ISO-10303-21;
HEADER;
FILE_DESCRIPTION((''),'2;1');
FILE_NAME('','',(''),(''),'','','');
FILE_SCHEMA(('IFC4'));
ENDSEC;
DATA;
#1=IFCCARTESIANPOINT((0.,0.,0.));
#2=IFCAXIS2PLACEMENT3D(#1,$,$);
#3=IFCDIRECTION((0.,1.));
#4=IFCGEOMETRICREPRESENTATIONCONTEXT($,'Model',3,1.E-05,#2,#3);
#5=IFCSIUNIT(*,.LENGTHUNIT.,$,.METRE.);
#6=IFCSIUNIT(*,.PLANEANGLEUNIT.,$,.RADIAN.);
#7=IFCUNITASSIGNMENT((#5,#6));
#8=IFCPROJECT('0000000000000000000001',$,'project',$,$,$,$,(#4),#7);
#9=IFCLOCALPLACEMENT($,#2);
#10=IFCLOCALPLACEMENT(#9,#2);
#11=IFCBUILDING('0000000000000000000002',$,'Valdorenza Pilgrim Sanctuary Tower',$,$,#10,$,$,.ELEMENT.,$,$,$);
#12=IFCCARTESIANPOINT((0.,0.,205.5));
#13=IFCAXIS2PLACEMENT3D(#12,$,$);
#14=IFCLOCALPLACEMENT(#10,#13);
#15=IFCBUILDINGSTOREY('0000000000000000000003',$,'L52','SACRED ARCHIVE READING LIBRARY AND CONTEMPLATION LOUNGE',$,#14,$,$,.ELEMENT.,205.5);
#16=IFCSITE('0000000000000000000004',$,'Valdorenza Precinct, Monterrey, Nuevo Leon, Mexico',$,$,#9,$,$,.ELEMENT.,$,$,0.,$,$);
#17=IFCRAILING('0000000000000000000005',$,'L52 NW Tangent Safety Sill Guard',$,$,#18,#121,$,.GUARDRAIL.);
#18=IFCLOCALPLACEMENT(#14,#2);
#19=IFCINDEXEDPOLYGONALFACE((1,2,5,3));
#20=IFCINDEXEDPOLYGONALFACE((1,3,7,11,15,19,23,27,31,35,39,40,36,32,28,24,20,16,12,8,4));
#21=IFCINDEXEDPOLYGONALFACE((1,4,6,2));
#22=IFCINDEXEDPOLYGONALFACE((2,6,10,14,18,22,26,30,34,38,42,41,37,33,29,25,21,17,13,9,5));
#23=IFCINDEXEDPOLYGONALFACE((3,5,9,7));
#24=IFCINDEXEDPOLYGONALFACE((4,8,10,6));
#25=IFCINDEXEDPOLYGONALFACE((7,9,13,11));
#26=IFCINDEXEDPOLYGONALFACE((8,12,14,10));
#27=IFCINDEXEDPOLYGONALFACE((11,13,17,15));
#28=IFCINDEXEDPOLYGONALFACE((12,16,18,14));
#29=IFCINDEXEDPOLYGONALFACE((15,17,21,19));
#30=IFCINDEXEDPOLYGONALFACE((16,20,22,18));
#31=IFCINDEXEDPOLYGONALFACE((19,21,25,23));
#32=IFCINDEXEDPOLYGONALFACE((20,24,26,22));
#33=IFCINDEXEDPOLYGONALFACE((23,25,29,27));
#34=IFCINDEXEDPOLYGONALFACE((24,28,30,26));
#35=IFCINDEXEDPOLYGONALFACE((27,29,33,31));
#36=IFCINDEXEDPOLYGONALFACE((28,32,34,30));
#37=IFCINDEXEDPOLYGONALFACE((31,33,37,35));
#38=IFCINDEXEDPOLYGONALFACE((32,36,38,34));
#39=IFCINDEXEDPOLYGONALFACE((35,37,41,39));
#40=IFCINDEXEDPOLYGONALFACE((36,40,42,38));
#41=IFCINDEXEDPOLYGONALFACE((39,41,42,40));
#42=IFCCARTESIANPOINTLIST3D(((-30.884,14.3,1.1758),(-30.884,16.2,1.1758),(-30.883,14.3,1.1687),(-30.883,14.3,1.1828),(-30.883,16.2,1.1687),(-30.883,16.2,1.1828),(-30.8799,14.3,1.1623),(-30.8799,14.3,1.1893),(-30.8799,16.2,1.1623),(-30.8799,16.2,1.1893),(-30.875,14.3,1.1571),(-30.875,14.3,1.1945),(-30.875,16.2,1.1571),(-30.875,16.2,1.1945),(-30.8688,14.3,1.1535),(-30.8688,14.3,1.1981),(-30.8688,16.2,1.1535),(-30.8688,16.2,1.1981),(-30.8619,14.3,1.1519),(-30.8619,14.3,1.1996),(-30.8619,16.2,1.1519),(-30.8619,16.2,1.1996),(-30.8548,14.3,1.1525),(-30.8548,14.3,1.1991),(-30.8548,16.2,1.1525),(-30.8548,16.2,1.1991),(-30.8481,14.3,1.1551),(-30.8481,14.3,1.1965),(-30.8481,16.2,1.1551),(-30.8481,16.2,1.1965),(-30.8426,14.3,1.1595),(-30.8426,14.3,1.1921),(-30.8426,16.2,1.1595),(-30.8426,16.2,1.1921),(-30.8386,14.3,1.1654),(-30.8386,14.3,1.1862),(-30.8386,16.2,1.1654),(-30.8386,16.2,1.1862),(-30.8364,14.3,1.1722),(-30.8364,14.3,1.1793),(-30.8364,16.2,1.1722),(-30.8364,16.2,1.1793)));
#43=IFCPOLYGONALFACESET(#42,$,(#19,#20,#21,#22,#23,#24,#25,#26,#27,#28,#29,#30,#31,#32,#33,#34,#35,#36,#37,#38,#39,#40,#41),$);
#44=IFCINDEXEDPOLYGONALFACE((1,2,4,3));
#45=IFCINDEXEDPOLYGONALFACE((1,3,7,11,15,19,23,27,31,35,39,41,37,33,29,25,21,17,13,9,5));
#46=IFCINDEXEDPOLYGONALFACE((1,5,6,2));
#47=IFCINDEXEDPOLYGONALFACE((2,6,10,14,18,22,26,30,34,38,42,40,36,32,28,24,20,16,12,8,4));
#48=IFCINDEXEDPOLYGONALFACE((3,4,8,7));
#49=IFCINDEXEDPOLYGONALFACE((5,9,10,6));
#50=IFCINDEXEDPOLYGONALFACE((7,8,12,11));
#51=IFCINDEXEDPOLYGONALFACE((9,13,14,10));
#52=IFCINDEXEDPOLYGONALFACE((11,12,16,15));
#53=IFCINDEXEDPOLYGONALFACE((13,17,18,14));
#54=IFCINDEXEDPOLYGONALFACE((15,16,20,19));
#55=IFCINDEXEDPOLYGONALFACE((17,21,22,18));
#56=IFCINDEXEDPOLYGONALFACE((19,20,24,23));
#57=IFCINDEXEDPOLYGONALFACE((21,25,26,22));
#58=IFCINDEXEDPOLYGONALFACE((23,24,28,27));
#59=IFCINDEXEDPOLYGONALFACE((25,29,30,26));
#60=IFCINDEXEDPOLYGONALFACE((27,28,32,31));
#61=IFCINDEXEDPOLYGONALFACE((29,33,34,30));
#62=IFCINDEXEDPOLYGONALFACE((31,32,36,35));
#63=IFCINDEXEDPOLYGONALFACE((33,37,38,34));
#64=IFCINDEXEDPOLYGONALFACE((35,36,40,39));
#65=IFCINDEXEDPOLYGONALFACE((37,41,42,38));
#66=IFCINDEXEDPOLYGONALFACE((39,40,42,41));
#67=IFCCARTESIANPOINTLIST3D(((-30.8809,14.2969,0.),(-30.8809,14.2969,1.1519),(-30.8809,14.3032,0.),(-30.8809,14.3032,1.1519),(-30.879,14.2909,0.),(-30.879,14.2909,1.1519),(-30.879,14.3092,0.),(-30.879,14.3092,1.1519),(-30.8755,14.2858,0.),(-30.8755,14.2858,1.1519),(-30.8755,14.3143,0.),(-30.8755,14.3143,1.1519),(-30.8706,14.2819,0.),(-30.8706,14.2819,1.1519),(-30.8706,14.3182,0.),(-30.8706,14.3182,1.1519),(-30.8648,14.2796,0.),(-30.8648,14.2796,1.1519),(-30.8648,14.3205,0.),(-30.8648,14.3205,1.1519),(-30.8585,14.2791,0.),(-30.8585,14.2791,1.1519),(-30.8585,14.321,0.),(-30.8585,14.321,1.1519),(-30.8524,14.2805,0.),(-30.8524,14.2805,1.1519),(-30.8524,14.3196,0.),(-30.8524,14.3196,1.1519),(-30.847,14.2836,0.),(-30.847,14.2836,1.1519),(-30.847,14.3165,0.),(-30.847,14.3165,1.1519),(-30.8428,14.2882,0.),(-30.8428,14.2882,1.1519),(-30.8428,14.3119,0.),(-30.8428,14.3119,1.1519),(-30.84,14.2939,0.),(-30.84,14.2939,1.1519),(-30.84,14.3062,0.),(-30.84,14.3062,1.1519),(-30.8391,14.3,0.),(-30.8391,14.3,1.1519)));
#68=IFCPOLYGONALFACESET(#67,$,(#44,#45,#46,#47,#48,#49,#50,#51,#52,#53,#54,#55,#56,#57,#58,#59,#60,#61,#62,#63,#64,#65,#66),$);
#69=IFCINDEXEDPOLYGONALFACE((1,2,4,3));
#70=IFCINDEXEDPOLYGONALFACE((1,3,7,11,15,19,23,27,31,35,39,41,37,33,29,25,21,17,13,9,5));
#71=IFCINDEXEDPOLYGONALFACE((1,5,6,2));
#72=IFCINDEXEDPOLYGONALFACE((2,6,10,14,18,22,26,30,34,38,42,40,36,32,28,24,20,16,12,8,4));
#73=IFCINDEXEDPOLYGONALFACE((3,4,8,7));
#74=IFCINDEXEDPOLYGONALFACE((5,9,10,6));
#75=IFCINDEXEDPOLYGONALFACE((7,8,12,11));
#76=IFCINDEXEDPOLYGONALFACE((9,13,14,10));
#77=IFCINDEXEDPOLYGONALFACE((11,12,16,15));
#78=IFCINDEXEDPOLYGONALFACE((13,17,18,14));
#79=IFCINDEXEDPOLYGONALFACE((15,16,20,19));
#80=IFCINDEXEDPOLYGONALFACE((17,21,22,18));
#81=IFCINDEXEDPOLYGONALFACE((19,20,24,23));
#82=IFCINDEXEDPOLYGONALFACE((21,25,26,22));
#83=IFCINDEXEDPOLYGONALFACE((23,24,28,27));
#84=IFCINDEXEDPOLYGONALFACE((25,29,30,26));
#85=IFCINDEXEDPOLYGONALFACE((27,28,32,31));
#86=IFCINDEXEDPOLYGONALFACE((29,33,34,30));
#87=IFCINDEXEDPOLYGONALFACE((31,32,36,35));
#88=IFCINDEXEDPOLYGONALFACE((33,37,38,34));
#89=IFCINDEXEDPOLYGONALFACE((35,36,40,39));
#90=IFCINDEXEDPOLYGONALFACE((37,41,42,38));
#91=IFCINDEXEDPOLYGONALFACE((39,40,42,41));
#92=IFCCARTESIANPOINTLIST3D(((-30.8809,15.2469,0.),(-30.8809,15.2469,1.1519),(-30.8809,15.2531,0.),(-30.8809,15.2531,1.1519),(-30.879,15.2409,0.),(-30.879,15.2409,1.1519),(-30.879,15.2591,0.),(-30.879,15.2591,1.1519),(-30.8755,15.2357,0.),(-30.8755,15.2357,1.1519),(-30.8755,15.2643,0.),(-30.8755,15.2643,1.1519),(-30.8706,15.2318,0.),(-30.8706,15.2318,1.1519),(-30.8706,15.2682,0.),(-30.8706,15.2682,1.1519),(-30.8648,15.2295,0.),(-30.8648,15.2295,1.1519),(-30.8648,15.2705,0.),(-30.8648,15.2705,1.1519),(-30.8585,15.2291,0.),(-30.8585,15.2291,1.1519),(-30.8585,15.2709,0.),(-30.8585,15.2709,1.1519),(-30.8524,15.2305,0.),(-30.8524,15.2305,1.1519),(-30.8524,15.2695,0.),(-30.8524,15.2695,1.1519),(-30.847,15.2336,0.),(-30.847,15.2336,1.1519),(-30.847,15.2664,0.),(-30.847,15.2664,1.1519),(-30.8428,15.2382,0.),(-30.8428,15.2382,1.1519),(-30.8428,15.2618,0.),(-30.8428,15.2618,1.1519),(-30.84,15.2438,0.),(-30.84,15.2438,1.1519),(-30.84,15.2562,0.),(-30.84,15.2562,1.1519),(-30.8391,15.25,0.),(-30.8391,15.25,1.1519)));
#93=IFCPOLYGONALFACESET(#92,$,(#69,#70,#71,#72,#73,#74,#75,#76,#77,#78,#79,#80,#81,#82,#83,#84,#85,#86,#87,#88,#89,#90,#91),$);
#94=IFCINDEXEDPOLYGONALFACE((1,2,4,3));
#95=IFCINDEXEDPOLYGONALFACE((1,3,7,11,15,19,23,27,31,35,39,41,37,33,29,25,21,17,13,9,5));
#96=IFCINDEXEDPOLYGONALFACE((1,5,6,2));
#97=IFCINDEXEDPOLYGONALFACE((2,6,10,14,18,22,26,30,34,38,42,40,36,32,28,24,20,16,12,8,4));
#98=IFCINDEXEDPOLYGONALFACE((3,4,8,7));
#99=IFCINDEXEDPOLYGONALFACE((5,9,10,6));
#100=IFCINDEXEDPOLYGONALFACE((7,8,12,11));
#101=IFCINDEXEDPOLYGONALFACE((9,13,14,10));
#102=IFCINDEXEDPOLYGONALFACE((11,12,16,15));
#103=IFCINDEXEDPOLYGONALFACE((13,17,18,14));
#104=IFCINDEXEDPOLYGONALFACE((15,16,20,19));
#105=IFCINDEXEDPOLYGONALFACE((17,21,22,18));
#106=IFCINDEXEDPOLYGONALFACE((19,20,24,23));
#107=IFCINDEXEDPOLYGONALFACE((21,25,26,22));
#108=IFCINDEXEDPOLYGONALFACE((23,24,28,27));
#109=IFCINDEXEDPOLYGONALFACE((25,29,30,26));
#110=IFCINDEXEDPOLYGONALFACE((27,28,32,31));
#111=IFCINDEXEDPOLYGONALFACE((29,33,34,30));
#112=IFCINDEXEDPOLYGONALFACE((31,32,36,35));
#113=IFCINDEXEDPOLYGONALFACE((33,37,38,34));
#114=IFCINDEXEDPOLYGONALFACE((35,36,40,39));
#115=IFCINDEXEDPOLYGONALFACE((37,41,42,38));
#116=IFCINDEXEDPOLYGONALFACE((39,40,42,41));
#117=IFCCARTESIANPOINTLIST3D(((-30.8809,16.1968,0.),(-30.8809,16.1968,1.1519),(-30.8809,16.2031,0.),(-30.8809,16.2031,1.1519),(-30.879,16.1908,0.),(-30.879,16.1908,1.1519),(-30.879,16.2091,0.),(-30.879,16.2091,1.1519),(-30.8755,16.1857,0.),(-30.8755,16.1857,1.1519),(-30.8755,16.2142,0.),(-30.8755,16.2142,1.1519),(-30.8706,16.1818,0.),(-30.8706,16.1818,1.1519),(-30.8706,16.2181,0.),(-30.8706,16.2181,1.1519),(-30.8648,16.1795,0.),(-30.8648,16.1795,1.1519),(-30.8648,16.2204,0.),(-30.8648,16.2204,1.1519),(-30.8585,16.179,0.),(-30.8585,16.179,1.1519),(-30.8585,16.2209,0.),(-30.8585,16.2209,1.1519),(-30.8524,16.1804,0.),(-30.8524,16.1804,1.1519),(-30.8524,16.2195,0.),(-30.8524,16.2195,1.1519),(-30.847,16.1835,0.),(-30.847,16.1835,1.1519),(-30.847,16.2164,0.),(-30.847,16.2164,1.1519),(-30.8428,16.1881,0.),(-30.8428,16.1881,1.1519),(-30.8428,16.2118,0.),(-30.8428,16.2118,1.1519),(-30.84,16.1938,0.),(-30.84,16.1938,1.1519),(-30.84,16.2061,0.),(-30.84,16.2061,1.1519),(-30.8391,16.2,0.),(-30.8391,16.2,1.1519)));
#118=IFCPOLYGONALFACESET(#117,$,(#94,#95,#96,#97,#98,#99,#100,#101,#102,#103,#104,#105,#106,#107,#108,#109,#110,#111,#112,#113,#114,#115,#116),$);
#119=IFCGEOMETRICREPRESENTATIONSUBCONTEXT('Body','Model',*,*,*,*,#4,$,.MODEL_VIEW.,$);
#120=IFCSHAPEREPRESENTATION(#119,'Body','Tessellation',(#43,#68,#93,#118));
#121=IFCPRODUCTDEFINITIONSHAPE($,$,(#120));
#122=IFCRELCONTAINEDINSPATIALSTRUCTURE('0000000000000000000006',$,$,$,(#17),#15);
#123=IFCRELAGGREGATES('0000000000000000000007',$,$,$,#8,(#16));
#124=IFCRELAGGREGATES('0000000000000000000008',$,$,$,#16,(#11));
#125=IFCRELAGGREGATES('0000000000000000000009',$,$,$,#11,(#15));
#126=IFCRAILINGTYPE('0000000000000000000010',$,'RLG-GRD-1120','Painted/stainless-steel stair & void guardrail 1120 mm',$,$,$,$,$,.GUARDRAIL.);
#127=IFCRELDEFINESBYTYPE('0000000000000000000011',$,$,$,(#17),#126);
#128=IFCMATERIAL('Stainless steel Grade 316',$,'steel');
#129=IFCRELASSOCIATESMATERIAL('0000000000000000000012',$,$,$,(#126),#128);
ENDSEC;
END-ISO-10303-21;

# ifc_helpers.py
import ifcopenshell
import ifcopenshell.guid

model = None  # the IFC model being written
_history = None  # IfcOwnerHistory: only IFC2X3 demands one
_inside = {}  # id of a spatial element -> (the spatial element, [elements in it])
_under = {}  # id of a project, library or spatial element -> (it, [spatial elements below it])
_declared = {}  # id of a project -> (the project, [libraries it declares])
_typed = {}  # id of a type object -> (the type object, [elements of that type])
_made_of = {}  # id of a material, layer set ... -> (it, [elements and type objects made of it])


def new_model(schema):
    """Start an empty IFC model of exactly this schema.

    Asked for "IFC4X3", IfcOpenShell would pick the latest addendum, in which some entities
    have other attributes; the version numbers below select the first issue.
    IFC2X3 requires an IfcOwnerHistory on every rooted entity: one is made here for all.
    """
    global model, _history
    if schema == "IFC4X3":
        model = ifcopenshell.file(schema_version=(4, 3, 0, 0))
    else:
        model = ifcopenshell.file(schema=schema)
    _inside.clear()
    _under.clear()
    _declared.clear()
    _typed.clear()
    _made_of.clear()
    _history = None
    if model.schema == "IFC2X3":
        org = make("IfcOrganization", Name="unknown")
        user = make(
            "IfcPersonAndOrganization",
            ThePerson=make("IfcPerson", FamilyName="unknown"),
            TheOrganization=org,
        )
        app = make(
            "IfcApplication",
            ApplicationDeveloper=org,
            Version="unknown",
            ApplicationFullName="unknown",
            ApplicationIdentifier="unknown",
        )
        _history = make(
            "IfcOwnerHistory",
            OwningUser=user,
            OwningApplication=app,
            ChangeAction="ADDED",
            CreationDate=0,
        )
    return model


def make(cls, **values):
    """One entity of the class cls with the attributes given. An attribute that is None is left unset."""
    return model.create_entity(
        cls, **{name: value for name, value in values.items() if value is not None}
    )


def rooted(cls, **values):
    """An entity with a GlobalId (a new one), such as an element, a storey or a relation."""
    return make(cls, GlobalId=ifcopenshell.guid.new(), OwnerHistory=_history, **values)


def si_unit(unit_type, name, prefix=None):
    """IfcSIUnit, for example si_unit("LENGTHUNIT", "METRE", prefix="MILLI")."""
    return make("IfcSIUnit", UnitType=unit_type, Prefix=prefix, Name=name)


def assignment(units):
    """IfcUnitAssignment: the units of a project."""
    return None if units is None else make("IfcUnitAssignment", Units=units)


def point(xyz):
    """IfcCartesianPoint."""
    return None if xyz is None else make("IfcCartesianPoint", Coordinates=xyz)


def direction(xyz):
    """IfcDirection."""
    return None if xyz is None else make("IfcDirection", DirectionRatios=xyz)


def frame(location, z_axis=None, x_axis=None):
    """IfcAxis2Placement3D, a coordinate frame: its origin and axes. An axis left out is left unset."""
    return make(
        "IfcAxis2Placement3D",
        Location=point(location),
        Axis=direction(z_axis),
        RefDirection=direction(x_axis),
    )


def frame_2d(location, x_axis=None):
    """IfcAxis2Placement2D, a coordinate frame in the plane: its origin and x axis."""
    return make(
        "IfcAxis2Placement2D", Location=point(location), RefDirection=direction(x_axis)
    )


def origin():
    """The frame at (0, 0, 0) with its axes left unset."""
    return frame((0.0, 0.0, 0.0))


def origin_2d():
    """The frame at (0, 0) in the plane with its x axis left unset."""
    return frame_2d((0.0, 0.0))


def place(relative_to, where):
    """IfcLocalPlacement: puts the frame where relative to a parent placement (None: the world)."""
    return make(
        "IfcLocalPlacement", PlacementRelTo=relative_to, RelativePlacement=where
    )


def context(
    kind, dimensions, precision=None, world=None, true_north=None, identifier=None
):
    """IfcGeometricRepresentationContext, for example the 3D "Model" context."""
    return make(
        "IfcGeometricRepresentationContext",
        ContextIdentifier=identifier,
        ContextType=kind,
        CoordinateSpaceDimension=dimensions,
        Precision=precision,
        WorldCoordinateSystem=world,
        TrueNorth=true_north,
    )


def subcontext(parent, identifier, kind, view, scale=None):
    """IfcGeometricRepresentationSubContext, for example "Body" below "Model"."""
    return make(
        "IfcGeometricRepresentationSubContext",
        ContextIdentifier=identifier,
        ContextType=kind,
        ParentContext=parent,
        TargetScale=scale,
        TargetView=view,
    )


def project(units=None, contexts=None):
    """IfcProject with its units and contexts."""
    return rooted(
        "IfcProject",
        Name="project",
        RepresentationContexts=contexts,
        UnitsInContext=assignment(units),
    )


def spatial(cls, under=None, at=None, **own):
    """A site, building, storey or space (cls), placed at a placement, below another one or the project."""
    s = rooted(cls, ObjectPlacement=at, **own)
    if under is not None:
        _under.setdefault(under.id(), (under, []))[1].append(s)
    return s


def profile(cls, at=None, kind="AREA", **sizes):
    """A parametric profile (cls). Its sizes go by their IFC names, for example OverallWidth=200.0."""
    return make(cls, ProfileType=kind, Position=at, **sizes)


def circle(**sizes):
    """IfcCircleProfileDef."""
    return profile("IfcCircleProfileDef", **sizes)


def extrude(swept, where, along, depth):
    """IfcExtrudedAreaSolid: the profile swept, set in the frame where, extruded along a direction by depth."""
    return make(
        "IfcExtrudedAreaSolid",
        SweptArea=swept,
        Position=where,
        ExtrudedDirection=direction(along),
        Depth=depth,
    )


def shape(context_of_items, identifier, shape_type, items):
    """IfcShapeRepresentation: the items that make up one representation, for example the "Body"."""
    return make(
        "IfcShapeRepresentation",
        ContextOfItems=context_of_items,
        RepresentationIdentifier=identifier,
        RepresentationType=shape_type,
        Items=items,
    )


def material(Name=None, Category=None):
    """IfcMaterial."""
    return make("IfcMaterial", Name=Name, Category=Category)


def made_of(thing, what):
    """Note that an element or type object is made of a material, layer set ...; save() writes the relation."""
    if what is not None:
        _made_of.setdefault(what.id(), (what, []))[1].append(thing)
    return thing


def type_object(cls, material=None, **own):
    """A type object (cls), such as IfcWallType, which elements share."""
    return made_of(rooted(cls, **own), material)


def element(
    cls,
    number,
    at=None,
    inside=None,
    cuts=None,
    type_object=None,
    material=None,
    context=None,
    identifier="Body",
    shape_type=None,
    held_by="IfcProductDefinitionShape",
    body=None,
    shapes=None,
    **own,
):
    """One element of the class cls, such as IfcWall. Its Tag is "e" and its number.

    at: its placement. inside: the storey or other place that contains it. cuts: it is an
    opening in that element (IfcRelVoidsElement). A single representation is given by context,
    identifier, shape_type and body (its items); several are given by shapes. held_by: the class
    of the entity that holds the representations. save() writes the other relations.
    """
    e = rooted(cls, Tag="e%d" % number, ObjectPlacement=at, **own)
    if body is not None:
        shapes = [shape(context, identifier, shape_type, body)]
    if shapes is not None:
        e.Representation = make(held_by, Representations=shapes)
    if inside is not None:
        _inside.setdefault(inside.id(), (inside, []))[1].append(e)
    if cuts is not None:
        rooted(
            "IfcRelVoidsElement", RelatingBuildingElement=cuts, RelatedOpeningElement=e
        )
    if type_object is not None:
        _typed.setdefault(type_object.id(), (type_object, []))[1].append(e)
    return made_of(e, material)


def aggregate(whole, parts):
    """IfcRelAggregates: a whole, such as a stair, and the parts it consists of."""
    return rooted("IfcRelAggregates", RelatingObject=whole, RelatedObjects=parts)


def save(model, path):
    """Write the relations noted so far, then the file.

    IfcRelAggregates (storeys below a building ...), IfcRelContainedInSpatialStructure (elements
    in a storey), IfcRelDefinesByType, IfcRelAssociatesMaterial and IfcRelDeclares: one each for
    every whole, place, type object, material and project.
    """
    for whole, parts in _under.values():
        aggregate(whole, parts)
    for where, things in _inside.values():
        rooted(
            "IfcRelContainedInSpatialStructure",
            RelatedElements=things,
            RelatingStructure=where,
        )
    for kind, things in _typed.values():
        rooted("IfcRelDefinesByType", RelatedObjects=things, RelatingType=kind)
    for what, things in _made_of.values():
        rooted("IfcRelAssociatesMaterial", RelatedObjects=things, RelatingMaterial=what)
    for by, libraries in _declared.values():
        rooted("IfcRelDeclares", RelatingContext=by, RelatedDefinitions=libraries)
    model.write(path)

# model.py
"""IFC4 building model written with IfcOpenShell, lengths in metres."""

from ifc_helpers import new_model, si_unit, direction, frame, origin, origin_2d, place, context, subcontext, project, spatial, circle, extrude, material, type_object, element, save


model = new_model("IFC4")

# Units and contexts
model_context = context("Model", 3, precision=1e-05, world=origin(), true_north=direction((0.0, 1.0)))
body_context = subcontext(model_context, "Body", "Model", "MODEL_VIEW")
ifc_project = project(units=[si_unit("LENGTHUNIT", "METRE"), si_unit("PLANEANGLEUNIT", "RADIAN")], contexts=[model_context])

# Site, building, storey
site_placement = place(None, origin())
site = spatial("IfcSite", under=ifc_project, at=site_placement, Name="Valdorenza Precinct, Monterrey, Nuevo Leon, Mexico", CompositionType="ELEMENT", RefElevation=0.0)
building_placement = place(site_placement, origin())
building = spatial("IfcBuilding", under=site, at=building_placement, Name="Valdorenza Pilgrim Sanctuary Tower", CompositionType="ELEMENT")
storey_placement = place(building_placement, frame((0.0, 0.0, 205.5)))
storey = spatial("IfcBuildingStorey", under=building, at=storey_placement, Name="L52", Description="SACRED ARCHIVE READING LIBRARY AND CONTEMPLATION LOUNGE", CompositionType="ELEMENT", Elevation=205.5)

# Railing
ifc_material_1 = material(Name="Stainless steel Grade 316", Category="steel")
railing_type = type_object("IfcRailingType", Name="RLG-GRD-1120", Description="Painted/stainless-steel stair & void guardrail 1120 mm", PredefinedType="GUARDRAIL", material=ifc_material_1)
railing_placement = place(storey_placement, frame((-30.8601, 14.3, 0.0)))
element("IfcRailing", 1, at=railing_placement, inside=storey, type_object=railing_type, Name="L52 NW Tangent Safety Sill Guard", PredefinedType="GUARDRAIL", context=body_context, shape_type="SweptSolid", body=[
    extrude(circle(Radius=0.0239, at=origin_2d()), frame((0.0, 0.0, 1.1758), z_axis=(0.0, 1.0, 0.0), x_axis=(-1.0, 0.0, 0.0)), (0.0, 0.0, 1.0), 1.8999),
    extrude(circle(Radius=0.021, at=origin_2d()), origin(), (0.0, 0.0, 1.0), 1.1519),
    extrude(circle(Radius=0.021, at=origin_2d()), frame((0.0, 0.95, 0.0)), (0.0, 0.0, 1.0), 1.1519),
    extrude(circle(Radius=0.021, at=origin_2d()), frame((0.0, 1.8999, 0.0)), (0.0, 0.0, 1.0), 1.1519),
])

save(model, "model.ifc")
